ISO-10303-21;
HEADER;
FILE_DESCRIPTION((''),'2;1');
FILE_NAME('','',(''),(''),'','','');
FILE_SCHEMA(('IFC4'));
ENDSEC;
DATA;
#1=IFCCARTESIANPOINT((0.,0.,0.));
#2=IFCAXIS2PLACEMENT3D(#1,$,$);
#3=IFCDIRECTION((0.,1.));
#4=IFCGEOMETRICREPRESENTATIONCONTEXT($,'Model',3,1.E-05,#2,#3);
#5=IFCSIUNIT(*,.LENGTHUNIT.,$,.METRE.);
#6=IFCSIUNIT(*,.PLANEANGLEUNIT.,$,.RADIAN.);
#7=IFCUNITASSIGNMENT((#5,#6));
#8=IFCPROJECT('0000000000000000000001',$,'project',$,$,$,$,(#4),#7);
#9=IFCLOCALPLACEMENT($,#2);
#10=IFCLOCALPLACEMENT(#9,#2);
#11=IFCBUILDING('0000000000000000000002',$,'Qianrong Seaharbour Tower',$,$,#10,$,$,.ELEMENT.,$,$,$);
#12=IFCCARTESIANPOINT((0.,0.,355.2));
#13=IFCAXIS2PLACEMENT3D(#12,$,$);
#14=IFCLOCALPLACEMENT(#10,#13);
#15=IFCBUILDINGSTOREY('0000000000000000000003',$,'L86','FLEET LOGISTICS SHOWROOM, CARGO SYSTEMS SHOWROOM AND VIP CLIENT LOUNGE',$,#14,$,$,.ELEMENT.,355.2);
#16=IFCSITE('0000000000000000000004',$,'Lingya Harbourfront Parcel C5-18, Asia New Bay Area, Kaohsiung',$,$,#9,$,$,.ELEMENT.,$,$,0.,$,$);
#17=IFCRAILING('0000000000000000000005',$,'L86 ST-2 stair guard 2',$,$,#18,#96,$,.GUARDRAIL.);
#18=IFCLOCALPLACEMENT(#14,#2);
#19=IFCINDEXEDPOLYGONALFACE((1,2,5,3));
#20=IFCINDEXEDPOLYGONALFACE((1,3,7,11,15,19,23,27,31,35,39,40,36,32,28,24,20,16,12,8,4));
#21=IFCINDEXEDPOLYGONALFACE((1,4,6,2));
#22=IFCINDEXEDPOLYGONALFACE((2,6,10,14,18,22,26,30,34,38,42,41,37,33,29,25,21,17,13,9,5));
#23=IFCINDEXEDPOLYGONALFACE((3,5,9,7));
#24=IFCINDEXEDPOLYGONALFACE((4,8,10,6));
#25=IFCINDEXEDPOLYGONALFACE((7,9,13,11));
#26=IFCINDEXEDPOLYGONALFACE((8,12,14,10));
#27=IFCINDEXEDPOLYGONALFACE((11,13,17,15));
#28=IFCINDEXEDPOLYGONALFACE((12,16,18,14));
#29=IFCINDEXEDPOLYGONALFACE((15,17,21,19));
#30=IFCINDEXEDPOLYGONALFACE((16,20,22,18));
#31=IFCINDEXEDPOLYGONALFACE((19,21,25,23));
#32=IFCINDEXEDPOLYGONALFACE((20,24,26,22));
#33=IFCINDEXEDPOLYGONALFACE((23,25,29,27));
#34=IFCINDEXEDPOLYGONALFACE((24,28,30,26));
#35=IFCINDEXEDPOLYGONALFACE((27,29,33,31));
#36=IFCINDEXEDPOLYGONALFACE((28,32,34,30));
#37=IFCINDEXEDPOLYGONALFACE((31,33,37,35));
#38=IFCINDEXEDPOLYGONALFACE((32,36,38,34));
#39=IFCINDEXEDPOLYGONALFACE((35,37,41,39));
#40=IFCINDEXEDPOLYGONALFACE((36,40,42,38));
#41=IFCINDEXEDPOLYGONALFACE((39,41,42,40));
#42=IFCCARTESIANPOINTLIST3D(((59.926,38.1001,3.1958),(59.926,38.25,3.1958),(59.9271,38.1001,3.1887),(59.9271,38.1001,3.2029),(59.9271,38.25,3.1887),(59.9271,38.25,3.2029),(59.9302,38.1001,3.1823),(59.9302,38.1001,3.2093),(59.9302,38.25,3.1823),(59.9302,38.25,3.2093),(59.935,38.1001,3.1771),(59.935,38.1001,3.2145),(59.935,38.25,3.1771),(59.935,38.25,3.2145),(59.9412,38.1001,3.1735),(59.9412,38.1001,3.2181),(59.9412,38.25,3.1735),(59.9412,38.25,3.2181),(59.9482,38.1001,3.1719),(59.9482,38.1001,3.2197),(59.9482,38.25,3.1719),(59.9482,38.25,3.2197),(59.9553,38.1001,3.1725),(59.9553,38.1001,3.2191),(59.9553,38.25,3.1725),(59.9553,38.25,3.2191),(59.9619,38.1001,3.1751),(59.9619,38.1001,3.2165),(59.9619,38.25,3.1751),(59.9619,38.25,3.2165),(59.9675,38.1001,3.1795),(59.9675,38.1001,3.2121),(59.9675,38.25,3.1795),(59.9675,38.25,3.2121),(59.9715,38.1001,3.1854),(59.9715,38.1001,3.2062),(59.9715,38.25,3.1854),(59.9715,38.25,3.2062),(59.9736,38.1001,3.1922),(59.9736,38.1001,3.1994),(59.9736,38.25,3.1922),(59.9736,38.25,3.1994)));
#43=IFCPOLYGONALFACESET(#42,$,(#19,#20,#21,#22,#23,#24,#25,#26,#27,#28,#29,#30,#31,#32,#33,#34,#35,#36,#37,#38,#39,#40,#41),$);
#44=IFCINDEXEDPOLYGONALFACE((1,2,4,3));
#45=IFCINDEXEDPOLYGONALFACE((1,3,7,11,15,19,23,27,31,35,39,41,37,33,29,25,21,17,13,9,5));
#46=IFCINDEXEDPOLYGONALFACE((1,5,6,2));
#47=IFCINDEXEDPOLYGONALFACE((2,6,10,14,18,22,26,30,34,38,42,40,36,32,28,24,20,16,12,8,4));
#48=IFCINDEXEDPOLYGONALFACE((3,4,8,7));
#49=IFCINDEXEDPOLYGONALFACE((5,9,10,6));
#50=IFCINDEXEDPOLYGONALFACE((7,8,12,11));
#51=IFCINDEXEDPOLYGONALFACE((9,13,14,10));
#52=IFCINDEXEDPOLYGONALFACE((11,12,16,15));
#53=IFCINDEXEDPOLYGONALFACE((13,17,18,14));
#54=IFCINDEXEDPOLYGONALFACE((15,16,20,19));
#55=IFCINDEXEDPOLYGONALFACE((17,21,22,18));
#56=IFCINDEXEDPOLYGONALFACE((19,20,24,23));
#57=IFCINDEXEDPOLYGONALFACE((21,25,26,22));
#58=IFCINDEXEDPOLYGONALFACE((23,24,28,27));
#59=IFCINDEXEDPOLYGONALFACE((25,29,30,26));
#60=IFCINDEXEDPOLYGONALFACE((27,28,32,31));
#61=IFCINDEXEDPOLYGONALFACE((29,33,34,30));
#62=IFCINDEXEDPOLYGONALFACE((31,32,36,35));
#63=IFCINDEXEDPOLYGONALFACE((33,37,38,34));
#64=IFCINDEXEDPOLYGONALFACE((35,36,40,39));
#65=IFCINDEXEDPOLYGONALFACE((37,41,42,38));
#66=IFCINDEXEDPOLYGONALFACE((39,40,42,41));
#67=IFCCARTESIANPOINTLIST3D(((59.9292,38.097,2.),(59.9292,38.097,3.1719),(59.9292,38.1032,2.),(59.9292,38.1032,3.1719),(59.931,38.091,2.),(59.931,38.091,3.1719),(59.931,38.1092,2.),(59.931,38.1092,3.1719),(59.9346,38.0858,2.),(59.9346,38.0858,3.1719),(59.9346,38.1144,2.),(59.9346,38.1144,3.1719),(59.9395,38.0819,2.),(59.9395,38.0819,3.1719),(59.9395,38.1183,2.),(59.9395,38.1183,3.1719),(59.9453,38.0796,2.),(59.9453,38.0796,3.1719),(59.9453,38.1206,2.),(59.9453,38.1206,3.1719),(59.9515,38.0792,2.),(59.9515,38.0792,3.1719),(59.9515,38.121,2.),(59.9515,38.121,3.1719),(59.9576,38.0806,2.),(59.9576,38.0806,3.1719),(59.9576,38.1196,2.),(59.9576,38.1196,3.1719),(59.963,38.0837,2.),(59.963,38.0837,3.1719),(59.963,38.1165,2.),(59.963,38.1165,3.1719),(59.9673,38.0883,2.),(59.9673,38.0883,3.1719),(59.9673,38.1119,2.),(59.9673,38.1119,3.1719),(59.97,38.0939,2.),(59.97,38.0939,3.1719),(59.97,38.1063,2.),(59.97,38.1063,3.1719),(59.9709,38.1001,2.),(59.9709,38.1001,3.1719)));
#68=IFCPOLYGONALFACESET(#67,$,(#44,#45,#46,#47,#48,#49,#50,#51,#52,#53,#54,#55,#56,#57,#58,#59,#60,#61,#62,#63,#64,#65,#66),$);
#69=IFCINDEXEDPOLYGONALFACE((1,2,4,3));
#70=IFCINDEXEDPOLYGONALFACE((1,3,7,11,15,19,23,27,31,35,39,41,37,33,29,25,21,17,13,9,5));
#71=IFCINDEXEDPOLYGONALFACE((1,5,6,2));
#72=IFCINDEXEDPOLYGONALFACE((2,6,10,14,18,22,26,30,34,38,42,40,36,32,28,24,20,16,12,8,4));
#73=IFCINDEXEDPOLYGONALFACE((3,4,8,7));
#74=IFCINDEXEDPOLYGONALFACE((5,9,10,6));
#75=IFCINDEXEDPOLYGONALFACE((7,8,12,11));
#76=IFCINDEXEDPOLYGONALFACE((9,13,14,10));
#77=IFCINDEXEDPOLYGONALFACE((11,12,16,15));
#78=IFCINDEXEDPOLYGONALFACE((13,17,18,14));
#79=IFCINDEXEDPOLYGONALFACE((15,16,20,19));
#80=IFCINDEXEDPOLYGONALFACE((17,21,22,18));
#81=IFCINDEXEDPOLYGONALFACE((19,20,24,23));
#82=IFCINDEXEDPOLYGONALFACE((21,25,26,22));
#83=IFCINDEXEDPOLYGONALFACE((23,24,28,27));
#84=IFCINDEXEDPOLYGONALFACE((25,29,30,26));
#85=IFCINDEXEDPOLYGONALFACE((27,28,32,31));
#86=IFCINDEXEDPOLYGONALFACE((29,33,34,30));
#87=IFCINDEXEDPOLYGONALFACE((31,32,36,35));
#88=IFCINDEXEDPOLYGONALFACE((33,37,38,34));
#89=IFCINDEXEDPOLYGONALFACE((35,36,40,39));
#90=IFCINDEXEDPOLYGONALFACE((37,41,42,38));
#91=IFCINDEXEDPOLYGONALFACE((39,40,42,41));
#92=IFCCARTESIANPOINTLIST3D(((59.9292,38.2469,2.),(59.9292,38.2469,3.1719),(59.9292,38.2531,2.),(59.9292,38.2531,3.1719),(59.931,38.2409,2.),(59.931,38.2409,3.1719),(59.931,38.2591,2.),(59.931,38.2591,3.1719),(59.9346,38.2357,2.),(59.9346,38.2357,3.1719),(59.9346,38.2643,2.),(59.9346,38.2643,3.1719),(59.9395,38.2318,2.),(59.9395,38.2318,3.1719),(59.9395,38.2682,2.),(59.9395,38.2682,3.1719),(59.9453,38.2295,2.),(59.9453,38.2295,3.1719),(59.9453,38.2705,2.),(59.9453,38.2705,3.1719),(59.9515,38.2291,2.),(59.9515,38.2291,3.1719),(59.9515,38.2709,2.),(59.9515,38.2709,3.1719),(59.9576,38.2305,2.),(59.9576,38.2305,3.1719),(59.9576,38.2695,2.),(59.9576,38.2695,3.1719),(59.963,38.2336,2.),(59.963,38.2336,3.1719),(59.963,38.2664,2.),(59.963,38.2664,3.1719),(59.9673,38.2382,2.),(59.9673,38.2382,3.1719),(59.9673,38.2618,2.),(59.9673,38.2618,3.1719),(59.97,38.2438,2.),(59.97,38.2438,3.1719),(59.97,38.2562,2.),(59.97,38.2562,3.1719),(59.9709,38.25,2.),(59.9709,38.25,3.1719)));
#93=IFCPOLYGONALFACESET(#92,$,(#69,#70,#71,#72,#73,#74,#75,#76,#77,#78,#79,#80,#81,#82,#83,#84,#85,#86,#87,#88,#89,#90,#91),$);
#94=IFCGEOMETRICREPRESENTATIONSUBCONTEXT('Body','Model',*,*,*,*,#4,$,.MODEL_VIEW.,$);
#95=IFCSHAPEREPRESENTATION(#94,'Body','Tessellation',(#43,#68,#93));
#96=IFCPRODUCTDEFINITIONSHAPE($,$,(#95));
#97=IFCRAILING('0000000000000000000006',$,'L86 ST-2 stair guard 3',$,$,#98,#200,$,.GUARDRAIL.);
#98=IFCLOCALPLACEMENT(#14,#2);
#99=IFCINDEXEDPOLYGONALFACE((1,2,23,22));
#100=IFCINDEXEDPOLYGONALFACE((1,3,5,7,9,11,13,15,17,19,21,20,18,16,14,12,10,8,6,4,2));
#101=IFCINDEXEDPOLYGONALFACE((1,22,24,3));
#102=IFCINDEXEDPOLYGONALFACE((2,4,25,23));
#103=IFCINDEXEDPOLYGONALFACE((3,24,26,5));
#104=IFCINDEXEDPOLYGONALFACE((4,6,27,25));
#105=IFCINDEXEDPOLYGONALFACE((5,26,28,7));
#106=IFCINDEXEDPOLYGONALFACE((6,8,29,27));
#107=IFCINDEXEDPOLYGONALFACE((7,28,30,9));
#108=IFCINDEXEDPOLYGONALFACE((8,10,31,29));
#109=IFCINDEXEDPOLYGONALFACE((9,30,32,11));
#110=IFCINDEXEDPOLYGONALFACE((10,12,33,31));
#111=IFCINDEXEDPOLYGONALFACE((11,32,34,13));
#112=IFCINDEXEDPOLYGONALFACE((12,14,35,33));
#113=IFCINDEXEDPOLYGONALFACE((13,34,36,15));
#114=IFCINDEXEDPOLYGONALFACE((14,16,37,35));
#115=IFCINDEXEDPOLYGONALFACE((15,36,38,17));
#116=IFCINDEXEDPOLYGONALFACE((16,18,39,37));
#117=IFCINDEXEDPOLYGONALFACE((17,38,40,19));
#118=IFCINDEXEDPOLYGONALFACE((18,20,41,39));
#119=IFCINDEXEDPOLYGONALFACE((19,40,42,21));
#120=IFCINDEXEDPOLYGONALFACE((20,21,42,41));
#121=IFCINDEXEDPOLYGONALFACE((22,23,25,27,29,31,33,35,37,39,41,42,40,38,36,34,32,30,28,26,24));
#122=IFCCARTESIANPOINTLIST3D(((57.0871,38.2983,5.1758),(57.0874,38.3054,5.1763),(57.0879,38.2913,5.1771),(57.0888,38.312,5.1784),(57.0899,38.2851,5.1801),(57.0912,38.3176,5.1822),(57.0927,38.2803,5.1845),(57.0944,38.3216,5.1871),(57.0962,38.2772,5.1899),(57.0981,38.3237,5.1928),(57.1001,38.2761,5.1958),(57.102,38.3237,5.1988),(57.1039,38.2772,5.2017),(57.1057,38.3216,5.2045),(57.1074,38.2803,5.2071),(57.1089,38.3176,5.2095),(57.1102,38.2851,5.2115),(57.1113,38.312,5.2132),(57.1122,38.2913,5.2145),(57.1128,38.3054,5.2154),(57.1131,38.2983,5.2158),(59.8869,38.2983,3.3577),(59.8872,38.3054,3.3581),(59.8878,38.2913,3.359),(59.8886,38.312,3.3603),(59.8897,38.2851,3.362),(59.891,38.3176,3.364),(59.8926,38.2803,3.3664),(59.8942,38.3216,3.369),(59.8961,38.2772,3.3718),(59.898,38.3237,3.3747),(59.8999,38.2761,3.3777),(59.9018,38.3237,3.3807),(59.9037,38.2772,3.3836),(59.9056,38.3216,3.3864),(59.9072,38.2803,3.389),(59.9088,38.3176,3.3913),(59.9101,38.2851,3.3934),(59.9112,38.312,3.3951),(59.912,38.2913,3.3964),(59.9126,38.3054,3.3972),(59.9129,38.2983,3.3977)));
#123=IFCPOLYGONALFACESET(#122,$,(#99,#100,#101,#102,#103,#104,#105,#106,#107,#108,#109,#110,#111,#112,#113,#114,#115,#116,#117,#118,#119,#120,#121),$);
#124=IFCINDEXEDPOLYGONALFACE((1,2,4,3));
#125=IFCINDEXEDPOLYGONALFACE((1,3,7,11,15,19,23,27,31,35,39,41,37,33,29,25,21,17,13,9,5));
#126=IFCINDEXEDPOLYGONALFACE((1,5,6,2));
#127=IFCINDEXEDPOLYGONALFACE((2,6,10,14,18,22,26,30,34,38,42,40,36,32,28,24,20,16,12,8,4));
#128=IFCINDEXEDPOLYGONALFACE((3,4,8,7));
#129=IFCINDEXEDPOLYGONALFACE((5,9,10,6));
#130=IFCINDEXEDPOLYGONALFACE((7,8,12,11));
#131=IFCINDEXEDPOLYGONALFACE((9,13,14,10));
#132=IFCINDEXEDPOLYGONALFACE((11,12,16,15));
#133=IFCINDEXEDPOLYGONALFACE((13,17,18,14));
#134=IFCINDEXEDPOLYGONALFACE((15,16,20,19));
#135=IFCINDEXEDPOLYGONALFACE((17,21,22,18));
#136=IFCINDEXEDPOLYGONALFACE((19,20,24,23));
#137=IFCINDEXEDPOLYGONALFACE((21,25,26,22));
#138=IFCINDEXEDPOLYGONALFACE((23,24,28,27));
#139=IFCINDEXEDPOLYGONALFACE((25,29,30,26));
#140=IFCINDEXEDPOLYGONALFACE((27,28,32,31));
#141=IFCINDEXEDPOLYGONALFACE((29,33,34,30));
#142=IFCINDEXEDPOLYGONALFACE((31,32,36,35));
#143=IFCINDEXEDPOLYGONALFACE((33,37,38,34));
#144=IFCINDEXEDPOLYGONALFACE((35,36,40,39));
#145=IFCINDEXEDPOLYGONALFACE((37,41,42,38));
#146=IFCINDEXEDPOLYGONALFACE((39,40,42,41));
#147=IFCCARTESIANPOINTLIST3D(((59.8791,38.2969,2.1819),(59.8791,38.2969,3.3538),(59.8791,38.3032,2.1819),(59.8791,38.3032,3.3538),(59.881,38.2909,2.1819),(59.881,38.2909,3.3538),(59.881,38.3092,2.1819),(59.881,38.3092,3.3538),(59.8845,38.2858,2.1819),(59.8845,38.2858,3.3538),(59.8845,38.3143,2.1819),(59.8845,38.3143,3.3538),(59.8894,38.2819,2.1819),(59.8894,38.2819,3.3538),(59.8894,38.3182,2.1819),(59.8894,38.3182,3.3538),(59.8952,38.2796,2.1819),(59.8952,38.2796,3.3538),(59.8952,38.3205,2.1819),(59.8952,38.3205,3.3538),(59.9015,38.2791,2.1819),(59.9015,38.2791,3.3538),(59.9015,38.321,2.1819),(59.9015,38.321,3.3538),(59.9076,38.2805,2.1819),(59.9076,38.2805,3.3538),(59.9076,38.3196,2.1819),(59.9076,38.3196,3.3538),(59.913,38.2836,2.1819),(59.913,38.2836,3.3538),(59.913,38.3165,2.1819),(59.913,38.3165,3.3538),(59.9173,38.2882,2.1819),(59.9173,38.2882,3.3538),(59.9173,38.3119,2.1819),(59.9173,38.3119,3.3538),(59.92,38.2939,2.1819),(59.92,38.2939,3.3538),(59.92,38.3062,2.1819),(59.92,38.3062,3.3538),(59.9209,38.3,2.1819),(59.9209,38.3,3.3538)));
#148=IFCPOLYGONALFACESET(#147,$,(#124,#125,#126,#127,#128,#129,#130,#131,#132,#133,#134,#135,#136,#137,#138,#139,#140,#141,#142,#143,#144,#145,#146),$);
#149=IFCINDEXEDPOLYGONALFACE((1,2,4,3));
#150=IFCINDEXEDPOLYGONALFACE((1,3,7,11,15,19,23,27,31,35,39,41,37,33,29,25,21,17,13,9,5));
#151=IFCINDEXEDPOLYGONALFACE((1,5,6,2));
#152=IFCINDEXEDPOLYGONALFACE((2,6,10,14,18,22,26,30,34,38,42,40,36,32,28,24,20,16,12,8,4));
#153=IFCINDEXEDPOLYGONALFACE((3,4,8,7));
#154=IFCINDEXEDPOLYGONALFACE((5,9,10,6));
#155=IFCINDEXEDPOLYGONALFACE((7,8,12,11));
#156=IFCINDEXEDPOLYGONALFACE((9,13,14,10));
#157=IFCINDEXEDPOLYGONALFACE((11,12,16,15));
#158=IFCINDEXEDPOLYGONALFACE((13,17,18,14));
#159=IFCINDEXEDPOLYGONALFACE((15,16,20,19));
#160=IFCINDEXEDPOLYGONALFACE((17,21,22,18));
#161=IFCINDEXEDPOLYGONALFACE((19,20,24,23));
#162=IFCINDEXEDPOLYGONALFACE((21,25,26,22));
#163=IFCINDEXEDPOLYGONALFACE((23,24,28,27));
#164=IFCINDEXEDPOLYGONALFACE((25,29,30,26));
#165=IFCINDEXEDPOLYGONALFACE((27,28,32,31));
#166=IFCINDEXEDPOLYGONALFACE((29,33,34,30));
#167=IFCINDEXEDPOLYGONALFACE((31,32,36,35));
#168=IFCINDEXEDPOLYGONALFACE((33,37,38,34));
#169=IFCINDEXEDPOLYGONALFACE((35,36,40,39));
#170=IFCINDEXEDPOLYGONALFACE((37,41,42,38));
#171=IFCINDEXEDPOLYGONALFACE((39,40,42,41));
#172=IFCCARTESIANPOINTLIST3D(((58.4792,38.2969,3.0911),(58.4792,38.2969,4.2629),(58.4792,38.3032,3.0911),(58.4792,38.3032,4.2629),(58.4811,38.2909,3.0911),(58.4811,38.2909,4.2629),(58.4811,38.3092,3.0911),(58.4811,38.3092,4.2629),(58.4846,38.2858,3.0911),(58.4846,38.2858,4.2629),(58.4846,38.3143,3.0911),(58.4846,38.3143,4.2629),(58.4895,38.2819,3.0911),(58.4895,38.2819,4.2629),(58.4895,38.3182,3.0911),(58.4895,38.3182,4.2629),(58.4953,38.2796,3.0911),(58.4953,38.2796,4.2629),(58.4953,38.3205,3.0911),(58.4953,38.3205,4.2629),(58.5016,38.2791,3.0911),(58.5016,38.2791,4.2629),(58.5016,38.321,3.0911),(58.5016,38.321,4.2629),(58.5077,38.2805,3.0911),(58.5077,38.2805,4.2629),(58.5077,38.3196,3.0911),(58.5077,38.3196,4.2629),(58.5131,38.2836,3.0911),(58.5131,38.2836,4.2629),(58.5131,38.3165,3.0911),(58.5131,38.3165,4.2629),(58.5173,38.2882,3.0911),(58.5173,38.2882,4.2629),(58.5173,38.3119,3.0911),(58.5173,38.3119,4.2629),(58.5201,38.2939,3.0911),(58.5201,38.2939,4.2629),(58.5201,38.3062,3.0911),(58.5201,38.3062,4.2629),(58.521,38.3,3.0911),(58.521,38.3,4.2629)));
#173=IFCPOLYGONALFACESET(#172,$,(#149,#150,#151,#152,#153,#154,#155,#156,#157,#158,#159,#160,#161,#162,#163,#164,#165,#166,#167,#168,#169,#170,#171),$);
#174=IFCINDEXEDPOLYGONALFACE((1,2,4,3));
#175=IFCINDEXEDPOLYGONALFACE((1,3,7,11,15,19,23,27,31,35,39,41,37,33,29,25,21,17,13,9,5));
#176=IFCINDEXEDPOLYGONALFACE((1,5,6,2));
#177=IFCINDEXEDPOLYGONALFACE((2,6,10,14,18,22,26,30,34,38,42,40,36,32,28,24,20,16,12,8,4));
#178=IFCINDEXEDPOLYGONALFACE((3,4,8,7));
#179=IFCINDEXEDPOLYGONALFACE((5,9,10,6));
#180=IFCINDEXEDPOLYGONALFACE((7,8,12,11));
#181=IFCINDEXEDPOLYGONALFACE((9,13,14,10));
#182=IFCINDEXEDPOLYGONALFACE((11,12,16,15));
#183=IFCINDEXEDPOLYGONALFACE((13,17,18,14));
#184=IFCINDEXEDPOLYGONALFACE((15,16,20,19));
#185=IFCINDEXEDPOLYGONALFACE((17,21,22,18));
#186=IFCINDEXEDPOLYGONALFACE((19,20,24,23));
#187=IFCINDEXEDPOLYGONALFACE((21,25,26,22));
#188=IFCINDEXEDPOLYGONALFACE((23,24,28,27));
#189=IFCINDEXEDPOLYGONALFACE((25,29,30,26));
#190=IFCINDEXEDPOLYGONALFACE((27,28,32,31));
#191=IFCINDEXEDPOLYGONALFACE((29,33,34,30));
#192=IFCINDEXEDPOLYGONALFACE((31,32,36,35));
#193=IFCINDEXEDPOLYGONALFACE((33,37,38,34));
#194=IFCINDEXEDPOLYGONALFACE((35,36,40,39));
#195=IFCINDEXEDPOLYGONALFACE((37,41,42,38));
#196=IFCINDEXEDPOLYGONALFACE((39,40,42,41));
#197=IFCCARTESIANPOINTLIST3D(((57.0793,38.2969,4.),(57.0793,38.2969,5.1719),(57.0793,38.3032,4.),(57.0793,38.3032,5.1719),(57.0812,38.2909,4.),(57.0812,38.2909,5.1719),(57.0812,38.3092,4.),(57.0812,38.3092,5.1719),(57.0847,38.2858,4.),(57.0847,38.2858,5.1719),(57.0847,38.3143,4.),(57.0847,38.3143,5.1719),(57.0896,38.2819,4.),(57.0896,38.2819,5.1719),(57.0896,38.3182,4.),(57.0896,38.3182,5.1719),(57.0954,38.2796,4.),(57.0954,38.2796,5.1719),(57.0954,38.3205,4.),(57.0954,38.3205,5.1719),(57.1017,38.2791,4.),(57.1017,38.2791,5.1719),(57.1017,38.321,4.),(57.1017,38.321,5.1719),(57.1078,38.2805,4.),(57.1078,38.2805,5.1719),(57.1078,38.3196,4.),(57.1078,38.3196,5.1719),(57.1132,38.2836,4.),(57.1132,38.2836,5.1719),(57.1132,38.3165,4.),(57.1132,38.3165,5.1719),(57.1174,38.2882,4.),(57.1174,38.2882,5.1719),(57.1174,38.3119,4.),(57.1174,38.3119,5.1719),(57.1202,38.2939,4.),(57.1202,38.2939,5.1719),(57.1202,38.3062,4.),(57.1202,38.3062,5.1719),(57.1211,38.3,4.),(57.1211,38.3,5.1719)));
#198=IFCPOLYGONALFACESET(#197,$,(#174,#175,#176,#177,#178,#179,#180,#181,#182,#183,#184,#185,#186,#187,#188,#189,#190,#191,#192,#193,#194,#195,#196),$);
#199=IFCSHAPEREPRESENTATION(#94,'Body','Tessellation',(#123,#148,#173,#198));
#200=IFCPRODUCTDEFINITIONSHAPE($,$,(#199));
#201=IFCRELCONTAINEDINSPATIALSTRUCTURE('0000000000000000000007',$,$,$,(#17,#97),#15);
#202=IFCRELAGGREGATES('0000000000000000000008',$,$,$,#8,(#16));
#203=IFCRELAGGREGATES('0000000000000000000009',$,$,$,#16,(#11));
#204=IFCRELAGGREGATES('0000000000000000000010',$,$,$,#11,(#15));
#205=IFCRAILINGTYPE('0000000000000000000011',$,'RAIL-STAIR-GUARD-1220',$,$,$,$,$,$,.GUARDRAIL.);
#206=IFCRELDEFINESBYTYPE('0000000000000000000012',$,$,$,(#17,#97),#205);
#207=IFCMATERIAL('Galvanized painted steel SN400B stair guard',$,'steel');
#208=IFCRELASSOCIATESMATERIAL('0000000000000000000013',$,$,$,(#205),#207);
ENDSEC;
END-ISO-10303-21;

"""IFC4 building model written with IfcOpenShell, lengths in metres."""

from ifc_helpers import new_model, si_unit, direction, frame, origin, origin_2d, place, context, subcontext, project, spatial, circle, extrude, material, type_object, element, save


model = new_model("IFC4")

# Units and contexts
model_context = context("Model", 3, precision=1e-05, world=origin(), true_north=direction((0.0, 1.0)))
body_context = subcontext(model_context, "Body", "Model", "MODEL_VIEW")
ifc_project = project(units=[si_unit("LENGTHUNIT", "METRE"), si_unit("PLANEANGLEUNIT", "RADIAN")], contexts=[model_context])

# Site, building, storey
site_placement = place(None, origin())
site = spatial("IfcSite", under=ifc_project, at=site_placement, Name="Lingya Harbourfront Parcel C5-18, Asia New Bay Area, Kaohsiung", CompositionType="ELEMENT", RefElevation=0.0)
building_placement = place(site_placement, origin())
building = spatial("IfcBuilding", under=site, at=building_placement, Name="Qianrong Seaharbour Tower", CompositionType="ELEMENT")
storey_placement = place(building_placement, frame((0.0, 0.0, 355.2)))
storey = spatial("IfcBuildingStorey", under=building, at=storey_placement, Name="L86", Description="FLEET LOGISTICS SHOWROOM, CARGO SYSTEMS SHOWROOM AND VIP CLIENT LOUNGE", CompositionType="ELEMENT", Elevation=355.2)

# Railings
ifc_material_1 = material(Name="Galvanized painted steel SN400B stair guard", Category="steel")
railing_type_1 = type_object("IfcRailingType", Name="RAIL-STAIR-GUARD-1220", PredefinedType="GUARDRAIL", material=ifc_material_1)
railing_1_placement = place(storey_placement, frame((59.95, 38.1001, 2.0)))
element("IfcRailing", 1, at=railing_1_placement, inside=storey, type_object=railing_type_1, Name="L86 ST-2 stair guard 2", PredefinedType="GUARDRAIL", context=body_context, shape_type="SweptSolid", body=[
    extrude(circle(Radius=0.0239, at=origin_2d()), frame((0.0, 0.0, 1.1958), z_axis=(0.0, 1.0, 0.0), x_axis=(-1.0, 0.0, 0.0)), (0.0, 0.0, 1.0), 0.1499),
    extrude(circle(Radius=0.021, at=origin_2d()), origin(), (0.0, 0.0, 1.0), 1.1719),
    extrude(circle(Radius=0.021, at=origin_2d()), frame((0.0, 0.1499, 0.0)), (0.0, 0.0, 1.0), 1.1719),
])
railing_2_placement = place(storey_placement, frame((59.8999, 38.3, 2.1819)))
element("IfcRailing", 2, at=railing_2_placement, inside=storey, type_object=railing_type_1, Name="L86 ST-2 stair guard 3", PredefinedType="GUARDRAIL", context=body_context, shape_type="SweptSolid", body=[
    extrude(circle(Radius=0.0239, at=origin_2d()), frame((0.0, 0.0, 1.1958), z_axis=(-0.838684, 0.0, 0.544618), x_axis=(0.0, -1.0, 0.0)), (0.0, 0.0, 1.0), 3.3384),
    extrude(circle(Radius=0.021, at=origin_2d()), origin(), (0.0, 0.0, 1.0), 1.1719),
    extrude(circle(Radius=0.021, at=origin_2d()), frame((-1.3999, 0.0, 0.9092)), (0.0, 0.0, 1.0), 1.1719),
    extrude(circle(Radius=0.021, at=origin_2d()), frame((-2.7998, 0.0, 1.8181)), (0.0, 0.0, 1.0), 1.1719),
])

save(model, "model.ifc")
